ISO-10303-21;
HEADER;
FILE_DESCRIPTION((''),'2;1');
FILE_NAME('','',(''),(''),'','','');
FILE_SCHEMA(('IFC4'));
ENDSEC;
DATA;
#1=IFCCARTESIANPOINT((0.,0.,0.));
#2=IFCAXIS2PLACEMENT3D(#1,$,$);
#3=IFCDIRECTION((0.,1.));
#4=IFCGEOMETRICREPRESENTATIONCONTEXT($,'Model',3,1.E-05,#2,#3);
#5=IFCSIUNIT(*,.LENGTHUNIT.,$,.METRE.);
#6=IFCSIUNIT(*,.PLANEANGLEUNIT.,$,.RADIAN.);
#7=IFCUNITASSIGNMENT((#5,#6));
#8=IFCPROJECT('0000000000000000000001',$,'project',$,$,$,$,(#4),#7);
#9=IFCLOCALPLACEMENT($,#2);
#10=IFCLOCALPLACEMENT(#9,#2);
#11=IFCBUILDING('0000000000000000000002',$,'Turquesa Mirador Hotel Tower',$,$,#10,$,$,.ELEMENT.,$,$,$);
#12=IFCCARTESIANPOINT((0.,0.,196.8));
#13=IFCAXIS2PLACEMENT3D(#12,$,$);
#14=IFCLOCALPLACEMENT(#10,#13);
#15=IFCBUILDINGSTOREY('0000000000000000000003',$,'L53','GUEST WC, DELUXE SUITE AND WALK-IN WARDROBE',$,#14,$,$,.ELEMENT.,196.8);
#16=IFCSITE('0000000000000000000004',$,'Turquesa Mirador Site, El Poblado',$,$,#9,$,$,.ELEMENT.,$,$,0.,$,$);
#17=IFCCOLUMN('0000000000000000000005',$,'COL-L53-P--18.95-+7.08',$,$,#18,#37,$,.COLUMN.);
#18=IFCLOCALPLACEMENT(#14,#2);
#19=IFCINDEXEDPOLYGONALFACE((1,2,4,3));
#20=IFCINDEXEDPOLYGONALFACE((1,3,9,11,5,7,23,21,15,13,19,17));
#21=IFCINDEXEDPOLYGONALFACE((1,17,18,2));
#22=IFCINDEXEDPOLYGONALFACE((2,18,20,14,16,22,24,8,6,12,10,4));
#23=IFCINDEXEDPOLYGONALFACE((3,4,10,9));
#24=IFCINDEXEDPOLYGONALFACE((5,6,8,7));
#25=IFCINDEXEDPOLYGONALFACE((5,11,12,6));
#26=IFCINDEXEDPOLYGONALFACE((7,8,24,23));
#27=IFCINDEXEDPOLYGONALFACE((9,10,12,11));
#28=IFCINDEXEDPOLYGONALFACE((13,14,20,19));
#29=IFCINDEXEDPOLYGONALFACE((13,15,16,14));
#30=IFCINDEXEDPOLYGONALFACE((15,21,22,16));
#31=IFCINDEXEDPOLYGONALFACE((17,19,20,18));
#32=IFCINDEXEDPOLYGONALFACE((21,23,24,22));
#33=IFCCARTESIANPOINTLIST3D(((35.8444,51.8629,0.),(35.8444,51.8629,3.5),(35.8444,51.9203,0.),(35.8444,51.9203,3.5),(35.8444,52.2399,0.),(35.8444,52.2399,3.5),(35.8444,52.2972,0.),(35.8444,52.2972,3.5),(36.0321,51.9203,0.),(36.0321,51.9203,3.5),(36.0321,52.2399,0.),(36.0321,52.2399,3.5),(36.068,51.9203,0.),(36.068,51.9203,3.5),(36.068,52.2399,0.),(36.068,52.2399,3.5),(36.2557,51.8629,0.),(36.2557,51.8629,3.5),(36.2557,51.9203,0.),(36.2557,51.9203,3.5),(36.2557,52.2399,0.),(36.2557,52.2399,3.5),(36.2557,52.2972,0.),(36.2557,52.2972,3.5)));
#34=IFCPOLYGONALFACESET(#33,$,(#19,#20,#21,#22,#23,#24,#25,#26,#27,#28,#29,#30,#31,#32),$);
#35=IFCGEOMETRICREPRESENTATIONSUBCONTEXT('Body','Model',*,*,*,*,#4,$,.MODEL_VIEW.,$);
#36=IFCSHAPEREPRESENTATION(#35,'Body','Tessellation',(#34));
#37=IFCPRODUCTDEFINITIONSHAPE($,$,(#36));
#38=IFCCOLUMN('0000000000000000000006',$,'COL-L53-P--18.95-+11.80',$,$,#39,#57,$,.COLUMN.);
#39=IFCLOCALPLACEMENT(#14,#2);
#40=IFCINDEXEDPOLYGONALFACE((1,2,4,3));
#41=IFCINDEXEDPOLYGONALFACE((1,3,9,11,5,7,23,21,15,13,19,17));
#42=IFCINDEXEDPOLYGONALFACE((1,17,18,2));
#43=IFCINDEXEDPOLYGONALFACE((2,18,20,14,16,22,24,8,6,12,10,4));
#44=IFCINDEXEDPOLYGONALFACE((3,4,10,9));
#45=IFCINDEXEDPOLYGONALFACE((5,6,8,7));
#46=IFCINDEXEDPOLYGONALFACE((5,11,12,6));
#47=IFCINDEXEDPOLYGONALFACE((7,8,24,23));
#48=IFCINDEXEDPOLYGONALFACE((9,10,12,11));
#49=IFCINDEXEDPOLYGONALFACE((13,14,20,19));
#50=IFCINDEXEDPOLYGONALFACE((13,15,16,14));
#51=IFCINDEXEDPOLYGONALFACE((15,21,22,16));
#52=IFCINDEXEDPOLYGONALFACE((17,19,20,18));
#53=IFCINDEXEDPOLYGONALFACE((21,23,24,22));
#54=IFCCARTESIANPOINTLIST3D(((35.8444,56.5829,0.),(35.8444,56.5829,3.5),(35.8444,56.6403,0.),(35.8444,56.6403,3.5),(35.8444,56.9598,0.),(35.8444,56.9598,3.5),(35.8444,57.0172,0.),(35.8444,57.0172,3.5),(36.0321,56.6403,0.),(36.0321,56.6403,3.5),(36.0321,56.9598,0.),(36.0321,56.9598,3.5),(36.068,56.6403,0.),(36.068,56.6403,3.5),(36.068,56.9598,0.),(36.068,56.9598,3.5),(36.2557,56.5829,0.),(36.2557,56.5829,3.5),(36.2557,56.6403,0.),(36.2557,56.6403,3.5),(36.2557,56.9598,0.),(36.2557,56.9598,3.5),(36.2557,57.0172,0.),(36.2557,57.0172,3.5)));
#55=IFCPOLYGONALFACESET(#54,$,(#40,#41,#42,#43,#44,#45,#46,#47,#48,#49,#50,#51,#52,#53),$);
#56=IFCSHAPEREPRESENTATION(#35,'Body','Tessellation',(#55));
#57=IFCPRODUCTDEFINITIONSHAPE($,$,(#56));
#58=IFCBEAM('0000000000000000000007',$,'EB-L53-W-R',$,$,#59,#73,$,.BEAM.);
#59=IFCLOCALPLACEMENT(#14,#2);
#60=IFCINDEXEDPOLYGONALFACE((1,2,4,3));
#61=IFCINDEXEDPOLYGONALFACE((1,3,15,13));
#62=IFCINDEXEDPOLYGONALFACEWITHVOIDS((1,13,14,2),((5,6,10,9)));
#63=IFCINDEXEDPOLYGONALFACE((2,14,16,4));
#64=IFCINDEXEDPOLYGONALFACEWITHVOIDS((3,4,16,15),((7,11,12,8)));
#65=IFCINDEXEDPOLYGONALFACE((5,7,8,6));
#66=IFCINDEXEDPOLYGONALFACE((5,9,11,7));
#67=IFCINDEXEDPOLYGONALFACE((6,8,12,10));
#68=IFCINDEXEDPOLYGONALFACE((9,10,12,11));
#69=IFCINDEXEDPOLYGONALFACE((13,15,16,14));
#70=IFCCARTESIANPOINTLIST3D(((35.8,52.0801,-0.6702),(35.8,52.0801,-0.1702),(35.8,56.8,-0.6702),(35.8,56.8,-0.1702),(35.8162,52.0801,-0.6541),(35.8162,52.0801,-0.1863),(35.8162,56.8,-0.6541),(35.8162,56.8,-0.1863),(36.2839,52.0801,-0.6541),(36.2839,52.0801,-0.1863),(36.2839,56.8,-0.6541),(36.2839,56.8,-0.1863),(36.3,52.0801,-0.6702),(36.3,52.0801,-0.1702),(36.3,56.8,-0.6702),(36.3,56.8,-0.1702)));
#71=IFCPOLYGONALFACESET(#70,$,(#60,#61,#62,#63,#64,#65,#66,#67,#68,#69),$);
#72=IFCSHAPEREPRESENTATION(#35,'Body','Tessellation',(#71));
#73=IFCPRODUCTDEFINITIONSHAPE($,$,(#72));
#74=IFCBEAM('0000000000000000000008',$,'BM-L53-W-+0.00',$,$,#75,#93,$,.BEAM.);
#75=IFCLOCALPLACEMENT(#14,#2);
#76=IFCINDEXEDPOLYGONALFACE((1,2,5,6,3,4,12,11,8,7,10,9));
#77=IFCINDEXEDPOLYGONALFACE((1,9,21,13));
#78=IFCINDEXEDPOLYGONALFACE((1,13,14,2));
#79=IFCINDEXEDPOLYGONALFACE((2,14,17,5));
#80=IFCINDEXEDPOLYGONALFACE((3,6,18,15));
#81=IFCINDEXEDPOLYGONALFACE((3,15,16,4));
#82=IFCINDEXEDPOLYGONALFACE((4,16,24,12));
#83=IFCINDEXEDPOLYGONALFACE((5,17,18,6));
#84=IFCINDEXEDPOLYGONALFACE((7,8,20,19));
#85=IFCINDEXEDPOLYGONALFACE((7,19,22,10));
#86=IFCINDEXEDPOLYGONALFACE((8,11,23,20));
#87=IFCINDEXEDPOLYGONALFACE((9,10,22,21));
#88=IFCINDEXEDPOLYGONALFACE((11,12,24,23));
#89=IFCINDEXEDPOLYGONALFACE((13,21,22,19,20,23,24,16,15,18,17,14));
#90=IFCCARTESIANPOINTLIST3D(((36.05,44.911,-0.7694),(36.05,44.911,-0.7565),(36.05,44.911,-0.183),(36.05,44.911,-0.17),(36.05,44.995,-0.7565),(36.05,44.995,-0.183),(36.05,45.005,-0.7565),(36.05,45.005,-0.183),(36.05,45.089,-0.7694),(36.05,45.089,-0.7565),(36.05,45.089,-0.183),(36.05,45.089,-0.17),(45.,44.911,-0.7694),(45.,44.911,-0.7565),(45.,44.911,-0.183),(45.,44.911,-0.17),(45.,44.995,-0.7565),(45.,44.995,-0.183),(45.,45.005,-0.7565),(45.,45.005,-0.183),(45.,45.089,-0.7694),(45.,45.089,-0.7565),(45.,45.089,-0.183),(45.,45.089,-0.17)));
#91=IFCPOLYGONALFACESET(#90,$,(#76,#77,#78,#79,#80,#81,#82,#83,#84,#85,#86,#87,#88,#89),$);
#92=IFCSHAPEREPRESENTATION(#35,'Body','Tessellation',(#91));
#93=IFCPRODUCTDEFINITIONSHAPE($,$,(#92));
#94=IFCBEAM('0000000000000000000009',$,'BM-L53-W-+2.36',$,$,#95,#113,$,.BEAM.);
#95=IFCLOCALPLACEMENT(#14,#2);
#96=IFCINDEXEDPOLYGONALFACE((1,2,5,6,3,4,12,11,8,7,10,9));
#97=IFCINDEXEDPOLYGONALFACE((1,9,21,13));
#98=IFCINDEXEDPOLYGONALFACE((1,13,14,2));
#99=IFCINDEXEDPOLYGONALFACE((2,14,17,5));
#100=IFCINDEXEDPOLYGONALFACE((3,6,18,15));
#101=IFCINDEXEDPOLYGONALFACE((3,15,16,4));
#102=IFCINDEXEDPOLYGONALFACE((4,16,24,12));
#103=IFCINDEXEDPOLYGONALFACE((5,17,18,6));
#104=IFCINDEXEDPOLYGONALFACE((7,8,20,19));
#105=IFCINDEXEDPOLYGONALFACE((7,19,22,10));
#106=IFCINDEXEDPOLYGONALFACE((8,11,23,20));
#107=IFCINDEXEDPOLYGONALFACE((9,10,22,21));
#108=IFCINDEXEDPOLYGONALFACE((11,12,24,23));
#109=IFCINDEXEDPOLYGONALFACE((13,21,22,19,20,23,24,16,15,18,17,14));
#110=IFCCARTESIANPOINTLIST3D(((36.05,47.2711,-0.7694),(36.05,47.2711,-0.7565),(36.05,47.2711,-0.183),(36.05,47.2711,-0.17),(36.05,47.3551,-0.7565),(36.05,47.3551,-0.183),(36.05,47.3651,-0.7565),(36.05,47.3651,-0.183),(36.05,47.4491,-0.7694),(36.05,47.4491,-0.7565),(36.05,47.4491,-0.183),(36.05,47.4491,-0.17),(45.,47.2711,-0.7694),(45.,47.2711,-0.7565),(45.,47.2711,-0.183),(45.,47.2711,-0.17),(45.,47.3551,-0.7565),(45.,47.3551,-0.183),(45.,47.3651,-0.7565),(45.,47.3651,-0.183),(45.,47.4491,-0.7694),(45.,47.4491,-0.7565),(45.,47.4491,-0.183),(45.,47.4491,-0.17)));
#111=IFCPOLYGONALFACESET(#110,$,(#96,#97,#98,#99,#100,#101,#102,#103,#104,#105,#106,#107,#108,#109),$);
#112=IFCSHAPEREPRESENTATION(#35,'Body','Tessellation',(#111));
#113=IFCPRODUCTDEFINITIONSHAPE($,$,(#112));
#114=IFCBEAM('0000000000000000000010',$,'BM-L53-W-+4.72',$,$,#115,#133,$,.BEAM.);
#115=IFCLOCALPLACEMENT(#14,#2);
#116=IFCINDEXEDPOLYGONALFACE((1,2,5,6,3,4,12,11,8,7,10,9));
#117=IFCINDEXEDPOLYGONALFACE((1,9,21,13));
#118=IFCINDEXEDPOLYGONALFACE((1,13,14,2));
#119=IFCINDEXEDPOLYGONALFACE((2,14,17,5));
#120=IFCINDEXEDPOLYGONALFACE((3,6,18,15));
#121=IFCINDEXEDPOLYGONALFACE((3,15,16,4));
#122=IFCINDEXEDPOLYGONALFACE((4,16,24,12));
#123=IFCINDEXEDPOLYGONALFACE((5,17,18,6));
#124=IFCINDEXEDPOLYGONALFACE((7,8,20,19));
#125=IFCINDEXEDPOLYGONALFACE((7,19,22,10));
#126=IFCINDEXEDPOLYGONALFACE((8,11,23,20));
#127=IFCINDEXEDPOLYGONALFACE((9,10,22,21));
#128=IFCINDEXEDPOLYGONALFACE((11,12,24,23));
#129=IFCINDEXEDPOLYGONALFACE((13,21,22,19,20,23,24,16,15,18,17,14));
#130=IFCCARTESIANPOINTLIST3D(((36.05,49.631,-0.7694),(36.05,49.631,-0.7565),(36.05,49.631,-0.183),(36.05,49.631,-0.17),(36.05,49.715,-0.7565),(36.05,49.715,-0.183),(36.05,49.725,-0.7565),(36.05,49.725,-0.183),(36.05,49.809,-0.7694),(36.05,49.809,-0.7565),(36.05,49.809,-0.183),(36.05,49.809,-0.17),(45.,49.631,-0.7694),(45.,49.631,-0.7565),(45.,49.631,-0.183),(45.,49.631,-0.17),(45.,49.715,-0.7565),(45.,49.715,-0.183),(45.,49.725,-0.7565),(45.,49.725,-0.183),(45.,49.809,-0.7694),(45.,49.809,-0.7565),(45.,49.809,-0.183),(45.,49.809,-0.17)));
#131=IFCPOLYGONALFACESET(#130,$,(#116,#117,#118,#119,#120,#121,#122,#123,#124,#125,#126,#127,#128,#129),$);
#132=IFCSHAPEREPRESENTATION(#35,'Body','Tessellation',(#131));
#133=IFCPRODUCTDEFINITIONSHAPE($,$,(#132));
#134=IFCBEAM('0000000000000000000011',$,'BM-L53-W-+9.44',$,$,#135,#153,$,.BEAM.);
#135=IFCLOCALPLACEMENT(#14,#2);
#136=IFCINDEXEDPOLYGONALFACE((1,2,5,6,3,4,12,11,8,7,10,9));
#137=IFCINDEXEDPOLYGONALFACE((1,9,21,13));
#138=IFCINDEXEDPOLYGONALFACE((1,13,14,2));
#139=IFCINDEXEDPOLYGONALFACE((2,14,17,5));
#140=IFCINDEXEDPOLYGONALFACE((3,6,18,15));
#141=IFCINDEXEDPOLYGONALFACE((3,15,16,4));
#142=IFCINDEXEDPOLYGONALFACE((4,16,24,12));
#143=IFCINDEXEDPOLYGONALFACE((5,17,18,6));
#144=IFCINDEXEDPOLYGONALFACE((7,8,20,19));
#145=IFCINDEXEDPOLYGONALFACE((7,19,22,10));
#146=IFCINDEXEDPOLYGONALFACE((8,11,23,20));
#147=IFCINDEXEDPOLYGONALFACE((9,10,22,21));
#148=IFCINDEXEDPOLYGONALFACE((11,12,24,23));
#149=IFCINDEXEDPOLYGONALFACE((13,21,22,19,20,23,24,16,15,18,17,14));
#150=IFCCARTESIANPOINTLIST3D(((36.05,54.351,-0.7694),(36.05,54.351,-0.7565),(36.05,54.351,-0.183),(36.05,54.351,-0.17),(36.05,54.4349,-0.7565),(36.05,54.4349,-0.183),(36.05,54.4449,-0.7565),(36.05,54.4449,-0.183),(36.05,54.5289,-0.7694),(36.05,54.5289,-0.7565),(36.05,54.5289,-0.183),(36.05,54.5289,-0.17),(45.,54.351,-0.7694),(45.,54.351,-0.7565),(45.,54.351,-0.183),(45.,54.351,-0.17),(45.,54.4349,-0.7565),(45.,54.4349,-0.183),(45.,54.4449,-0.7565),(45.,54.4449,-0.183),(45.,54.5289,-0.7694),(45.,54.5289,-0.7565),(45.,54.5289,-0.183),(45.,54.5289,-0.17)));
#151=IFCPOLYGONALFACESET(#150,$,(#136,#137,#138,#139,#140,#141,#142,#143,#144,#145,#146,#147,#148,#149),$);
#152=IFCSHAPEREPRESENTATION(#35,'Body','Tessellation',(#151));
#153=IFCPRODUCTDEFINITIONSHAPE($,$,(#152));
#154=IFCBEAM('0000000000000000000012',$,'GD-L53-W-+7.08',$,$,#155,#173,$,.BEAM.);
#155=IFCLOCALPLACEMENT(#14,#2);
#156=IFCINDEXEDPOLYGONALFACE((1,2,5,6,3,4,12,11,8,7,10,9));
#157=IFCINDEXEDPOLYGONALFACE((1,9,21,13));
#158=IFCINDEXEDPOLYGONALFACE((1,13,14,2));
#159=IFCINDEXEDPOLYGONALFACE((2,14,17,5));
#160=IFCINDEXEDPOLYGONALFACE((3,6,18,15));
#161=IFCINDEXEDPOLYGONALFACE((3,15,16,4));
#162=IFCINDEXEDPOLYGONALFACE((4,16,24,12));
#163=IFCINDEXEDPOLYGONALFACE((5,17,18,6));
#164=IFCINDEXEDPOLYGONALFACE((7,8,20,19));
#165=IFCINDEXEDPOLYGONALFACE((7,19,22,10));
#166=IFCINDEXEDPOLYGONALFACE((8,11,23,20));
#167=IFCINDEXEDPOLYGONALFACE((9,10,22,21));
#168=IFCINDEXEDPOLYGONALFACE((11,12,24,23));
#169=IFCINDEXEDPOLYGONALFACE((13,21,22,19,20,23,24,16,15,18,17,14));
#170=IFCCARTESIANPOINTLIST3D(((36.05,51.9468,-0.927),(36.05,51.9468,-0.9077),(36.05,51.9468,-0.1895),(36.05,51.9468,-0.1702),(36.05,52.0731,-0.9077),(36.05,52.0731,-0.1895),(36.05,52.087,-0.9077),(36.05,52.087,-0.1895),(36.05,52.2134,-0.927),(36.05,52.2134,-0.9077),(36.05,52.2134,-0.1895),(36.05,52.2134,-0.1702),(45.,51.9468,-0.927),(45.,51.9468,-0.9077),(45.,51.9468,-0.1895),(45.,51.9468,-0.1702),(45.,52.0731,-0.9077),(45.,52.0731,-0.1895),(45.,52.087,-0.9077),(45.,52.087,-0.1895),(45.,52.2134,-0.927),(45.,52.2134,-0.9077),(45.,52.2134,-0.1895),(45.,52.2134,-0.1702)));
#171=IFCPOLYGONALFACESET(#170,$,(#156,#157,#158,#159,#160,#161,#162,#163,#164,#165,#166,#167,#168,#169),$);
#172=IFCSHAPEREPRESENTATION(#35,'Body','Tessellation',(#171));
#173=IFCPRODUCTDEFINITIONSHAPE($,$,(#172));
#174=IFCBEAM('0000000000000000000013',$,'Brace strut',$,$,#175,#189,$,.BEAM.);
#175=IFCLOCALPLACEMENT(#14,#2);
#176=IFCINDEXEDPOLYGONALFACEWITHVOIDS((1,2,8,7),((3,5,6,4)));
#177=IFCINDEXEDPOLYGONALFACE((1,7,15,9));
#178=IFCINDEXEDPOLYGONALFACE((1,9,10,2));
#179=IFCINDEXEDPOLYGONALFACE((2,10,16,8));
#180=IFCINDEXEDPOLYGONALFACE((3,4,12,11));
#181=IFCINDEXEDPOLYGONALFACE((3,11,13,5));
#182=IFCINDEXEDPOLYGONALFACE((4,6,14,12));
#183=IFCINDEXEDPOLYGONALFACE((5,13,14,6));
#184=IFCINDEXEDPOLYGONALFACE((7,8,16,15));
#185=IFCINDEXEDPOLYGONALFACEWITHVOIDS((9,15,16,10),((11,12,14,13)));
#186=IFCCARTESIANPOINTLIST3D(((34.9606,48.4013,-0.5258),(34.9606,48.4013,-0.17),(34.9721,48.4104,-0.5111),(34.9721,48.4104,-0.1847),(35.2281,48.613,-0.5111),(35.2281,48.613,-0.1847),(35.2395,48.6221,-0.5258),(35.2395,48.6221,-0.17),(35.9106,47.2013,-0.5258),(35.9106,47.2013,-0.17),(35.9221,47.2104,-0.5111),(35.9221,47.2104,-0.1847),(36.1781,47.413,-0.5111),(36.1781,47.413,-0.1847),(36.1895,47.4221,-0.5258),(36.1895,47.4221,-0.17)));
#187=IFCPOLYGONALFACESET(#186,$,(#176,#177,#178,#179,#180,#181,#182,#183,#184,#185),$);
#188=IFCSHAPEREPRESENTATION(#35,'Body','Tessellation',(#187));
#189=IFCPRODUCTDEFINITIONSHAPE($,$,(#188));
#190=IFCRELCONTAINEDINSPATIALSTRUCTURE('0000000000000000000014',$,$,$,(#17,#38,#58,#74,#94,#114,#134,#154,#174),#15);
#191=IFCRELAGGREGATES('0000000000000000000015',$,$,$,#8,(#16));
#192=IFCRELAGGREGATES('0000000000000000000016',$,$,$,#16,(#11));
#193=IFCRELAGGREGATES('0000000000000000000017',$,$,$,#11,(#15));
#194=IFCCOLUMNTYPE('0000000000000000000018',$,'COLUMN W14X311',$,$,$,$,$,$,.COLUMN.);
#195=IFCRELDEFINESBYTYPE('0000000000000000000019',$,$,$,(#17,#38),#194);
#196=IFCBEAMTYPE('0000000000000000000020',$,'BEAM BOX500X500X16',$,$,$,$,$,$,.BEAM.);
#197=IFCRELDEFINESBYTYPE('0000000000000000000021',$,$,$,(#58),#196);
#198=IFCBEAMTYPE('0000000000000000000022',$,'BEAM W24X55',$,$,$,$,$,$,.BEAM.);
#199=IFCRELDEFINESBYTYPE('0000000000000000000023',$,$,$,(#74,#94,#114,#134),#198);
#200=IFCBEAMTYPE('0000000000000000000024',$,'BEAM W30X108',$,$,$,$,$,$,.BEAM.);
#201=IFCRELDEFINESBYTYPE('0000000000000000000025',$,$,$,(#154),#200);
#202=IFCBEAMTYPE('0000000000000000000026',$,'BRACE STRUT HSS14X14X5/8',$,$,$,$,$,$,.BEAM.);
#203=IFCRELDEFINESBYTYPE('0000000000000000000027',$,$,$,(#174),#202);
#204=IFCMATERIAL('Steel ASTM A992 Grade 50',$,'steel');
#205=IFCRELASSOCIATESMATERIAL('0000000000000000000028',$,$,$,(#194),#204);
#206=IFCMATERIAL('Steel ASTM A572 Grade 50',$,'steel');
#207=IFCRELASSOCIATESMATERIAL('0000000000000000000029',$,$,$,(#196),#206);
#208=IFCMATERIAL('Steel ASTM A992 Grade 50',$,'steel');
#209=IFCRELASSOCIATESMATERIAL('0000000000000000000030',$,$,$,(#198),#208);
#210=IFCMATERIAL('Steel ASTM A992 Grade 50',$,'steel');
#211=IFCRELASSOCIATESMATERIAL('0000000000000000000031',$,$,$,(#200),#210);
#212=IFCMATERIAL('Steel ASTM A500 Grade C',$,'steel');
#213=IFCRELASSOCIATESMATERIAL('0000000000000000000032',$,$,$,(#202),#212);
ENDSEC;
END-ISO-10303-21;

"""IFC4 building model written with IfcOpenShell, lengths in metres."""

from ifc_helpers import new_model, si_unit, direction, frame, origin, origin_2d, place, context, subcontext, project, spatial, hollow_rectangle, i_section, extrude, material, material_profile, profile_set, type_object, element, save


model = new_model("IFC4")

# Units and contexts
model_context = context("Model", 3, precision=1e-05, world=origin(), true_north=direction((0.0, 1.0)))
body_context = subcontext(model_context, "Body", "Model", "MODEL_VIEW")
ifc_project = project(units=[si_unit("LENGTHUNIT", "METRE"), si_unit("PLANEANGLEUNIT", "RADIAN")], contexts=[model_context])

# Site, building, storey
site_placement = place(None, origin())
site = spatial("IfcSite", under=ifc_project, at=site_placement, Name="Turquesa Mirador Site, El Poblado", CompositionType="ELEMENT", RefElevation=0.0)
building_placement = place(site_placement, origin())
building = spatial("IfcBuilding", under=site, at=building_placement, Name="Turquesa Mirador Hotel Tower", CompositionType="ELEMENT")
storey_placement = place(building_placement, frame((0.0, 0.0, 196.8)))
storey = spatial("IfcBuildingStorey", under=building, at=storey_placement, Name="L53", Description="GUEST WC, DELUXE SUITE AND WALK-IN WARDROBE", CompositionType="ELEMENT", Elevation=196.8)

# Columns
ifc_material_1 = material(Name="Steel ASTM A992 Grade 50", Category="steel")
ifc_material_profile_1 = material_profile(ifc_material_1, i_section(OverallWidth=0.4114, OverallDepth=0.4343, WebThickness=0.0359, FlangeThickness=0.0574, at=origin_2d()), Name="W14X311")
ifc_profile_set_1 = profile_set([ifc_material_profile_1], Name="Steel ASTM A992 Grade 50")
column_type = type_object("IfcColumnType", Name="COLUMN W14X311", PredefinedType="COLUMN", material=ifc_profile_set_1)
for number, where, z_axis, x_axis, name in (
    (1, (36.05, 52.0801, 0.0), (0.0, 0.0, 1.0), (1.0, 0.0, 0.0), "COL-L53-P--18.95-+7.08"),
    (2, (36.05, 56.8, 0.0), (0.0, 0.0, 1.0), (1.0, 0.0, 0.0), "COL-L53-P--18.95-+11.80"),
):
    element("IfcColumn", number, at=place(storey_placement, frame(where, z_axis=z_axis, x_axis=x_axis)), inside=storey, type_object=column_type, Name=name, PredefinedType="COLUMN", context=body_context, shape_type="SweptSolid", body=[
        extrude(i_section(OverallWidth=0.4114, OverallDepth=0.4343, WebThickness=0.0359, FlangeThickness=0.0574, at=origin_2d()), origin(), (0.0, 0.0, 1.0), 3.5),
    ])

# Beams
ifc_material_2 = material(Name="Steel ASTM A572 Grade 50", Category="steel")
ifc_material_profile_2 = material_profile(ifc_material_2, hollow_rectangle(XDim=0.5, YDim=0.5, WallThickness=0.0161, at=origin_2d()), Name="BOX500X500X16")
ifc_profile_set_2 = profile_set([ifc_material_profile_2], Name="Steel ASTM A572 Grade 50")
beam_type_1 = type_object("IfcBeamType", Name="BEAM BOX500X500X16", PredefinedType="BEAM", material=ifc_profile_set_2)
beam_1_placement = place(storey_placement, frame((36.05, 52.0801, -0.4202), z_axis=(0.0, 1.0, 0.0), x_axis=(-1.0, 0.0, 0.0)))
element("IfcBeam", 3, at=beam_1_placement, inside=storey, type_object=beam_type_1, Name="EB-L53-W-R", PredefinedType="BEAM", context=body_context, shape_type="SweptSolid", body=[
    extrude(hollow_rectangle(XDim=0.5, YDim=0.5, WallThickness=0.0161, at=origin_2d()), origin(), (0.0, 0.0, 1.0), 4.72),
])
ifc_material_3 = material(Name="Steel ASTM A992 Grade 50", Category="steel")
ifc_material_profile_3 = material_profile(ifc_material_3, i_section(OverallWidth=0.178, OverallDepth=0.5994, WebThickness=0.01, FlangeThickness=0.0129, at=origin_2d()), Name="W24X55")
ifc_profile_set_3 = profile_set([ifc_material_profile_3], Name="Steel ASTM A992 Grade 50")
beam_type_2 = type_object("IfcBeamType", Name="BEAM W24X55", PredefinedType="BEAM", material=ifc_profile_set_3)
for number, where, z_axis, x_axis, name in (
    (4, (36.05, 45.0, -0.4697), (1.0, 0.0, 0.0), (0.0, 1.0, 0.0), "BM-L53-W-+0.00"),
    (5, (36.05, 47.3601, -0.4697), (1.0, 0.0, 0.0), (0.0, 1.0, 0.0), "BM-L53-W-+2.36"),
    (6, (36.05, 49.72, -0.4697), (1.0, 0.0, 0.0), (0.0, 1.0, 0.0), "BM-L53-W-+4.72"),
    (7, (36.05, 54.4399, -0.4697), (1.0, 0.0, 0.0), (0.0, 1.0, 0.0), "BM-L53-W-+9.44"),
):
    element("IfcBeam", number, at=place(storey_placement, frame(where, z_axis=z_axis, x_axis=x_axis)), inside=storey, type_object=beam_type_2, Name=name, PredefinedType="BEAM", context=body_context, shape_type="SweptSolid", body=[
        extrude(i_section(OverallWidth=0.178, OverallDepth=0.5994, WebThickness=0.01, FlangeThickness=0.0129, at=origin_2d()), origin(), (0.0, 0.0, 1.0), 8.95),
    ])
ifc_material_4 = material(Name="Steel ASTM A992 Grade 50", Category="steel")
ifc_material_profile_4 = material_profile(ifc_material_4, i_section(OverallWidth=0.2666, OverallDepth=0.7568, WebThickness=0.0139, FlangeThickness=0.0193, at=origin_2d()), Name="W30X108")
ifc_profile_set_4 = profile_set([ifc_material_profile_4], Name="Steel ASTM A992 Grade 50")
beam_type_3 = type_object("IfcBeamType", Name="BEAM W30X108", PredefinedType="BEAM", material=ifc_profile_set_4)
beam_2_placement = place(storey_placement, frame((36.05, 52.0801, -0.5486), z_axis=(1.0, 0.0, 0.0), x_axis=(0.0, 1.0, 0.0)))
element("IfcBeam", 8, at=beam_2_placement, inside=storey, type_object=beam_type_3, Name="GD-L53-W-+7.08", PredefinedType="BEAM", context=body_context, shape_type="SweptSolid", body=[
    extrude(i_section(OverallWidth=0.2666, OverallDepth=0.7568, WebThickness=0.0139, FlangeThickness=0.0193, at=origin_2d()), origin(), (0.0, 0.0, 1.0), 8.95),
])
ifc_material_5 = material(Name="Steel ASTM A500 Grade C", Category="steel")
ifc_material_profile_5 = material_profile(ifc_material_5, hollow_rectangle(XDim=0.3557, YDim=0.3557, WallThickness=0.0146, at=origin_2d()), Name="HSS14X14X5/8")
ifc_profile_set_5 = profile_set([ifc_material_profile_5], Name="Steel ASTM A500 Grade C")
beam_type_4 = type_object("IfcBeamType", Name="BRACE STRUT HSS14X14X5/8", PredefinedType="BEAM", material=ifc_profile_set_5)
for number, where, z_axis, x_axis, name in (
    (9, (35.1001, 48.5117, -0.3479), (0.620699, -0.784049, 0.0), (0.784049, 0.620699, 0.0), "Brace strut"),
):
    element("IfcBeam", number, at=place(storey_placement, frame(where, z_axis=z_axis, x_axis=x_axis)), inside=storey, type_object=beam_type_4, Name=name, PredefinedType="BEAM", context=body_context, shape_type="SweptSolid", body=[
        extrude(hollow_rectangle(XDim=0.3557, YDim=0.3557, WallThickness=0.0146, at=origin_2d()), origin(), (0.0, 0.0, 1.0), 1.5305),
    ])

save(model, "model.ifc")
